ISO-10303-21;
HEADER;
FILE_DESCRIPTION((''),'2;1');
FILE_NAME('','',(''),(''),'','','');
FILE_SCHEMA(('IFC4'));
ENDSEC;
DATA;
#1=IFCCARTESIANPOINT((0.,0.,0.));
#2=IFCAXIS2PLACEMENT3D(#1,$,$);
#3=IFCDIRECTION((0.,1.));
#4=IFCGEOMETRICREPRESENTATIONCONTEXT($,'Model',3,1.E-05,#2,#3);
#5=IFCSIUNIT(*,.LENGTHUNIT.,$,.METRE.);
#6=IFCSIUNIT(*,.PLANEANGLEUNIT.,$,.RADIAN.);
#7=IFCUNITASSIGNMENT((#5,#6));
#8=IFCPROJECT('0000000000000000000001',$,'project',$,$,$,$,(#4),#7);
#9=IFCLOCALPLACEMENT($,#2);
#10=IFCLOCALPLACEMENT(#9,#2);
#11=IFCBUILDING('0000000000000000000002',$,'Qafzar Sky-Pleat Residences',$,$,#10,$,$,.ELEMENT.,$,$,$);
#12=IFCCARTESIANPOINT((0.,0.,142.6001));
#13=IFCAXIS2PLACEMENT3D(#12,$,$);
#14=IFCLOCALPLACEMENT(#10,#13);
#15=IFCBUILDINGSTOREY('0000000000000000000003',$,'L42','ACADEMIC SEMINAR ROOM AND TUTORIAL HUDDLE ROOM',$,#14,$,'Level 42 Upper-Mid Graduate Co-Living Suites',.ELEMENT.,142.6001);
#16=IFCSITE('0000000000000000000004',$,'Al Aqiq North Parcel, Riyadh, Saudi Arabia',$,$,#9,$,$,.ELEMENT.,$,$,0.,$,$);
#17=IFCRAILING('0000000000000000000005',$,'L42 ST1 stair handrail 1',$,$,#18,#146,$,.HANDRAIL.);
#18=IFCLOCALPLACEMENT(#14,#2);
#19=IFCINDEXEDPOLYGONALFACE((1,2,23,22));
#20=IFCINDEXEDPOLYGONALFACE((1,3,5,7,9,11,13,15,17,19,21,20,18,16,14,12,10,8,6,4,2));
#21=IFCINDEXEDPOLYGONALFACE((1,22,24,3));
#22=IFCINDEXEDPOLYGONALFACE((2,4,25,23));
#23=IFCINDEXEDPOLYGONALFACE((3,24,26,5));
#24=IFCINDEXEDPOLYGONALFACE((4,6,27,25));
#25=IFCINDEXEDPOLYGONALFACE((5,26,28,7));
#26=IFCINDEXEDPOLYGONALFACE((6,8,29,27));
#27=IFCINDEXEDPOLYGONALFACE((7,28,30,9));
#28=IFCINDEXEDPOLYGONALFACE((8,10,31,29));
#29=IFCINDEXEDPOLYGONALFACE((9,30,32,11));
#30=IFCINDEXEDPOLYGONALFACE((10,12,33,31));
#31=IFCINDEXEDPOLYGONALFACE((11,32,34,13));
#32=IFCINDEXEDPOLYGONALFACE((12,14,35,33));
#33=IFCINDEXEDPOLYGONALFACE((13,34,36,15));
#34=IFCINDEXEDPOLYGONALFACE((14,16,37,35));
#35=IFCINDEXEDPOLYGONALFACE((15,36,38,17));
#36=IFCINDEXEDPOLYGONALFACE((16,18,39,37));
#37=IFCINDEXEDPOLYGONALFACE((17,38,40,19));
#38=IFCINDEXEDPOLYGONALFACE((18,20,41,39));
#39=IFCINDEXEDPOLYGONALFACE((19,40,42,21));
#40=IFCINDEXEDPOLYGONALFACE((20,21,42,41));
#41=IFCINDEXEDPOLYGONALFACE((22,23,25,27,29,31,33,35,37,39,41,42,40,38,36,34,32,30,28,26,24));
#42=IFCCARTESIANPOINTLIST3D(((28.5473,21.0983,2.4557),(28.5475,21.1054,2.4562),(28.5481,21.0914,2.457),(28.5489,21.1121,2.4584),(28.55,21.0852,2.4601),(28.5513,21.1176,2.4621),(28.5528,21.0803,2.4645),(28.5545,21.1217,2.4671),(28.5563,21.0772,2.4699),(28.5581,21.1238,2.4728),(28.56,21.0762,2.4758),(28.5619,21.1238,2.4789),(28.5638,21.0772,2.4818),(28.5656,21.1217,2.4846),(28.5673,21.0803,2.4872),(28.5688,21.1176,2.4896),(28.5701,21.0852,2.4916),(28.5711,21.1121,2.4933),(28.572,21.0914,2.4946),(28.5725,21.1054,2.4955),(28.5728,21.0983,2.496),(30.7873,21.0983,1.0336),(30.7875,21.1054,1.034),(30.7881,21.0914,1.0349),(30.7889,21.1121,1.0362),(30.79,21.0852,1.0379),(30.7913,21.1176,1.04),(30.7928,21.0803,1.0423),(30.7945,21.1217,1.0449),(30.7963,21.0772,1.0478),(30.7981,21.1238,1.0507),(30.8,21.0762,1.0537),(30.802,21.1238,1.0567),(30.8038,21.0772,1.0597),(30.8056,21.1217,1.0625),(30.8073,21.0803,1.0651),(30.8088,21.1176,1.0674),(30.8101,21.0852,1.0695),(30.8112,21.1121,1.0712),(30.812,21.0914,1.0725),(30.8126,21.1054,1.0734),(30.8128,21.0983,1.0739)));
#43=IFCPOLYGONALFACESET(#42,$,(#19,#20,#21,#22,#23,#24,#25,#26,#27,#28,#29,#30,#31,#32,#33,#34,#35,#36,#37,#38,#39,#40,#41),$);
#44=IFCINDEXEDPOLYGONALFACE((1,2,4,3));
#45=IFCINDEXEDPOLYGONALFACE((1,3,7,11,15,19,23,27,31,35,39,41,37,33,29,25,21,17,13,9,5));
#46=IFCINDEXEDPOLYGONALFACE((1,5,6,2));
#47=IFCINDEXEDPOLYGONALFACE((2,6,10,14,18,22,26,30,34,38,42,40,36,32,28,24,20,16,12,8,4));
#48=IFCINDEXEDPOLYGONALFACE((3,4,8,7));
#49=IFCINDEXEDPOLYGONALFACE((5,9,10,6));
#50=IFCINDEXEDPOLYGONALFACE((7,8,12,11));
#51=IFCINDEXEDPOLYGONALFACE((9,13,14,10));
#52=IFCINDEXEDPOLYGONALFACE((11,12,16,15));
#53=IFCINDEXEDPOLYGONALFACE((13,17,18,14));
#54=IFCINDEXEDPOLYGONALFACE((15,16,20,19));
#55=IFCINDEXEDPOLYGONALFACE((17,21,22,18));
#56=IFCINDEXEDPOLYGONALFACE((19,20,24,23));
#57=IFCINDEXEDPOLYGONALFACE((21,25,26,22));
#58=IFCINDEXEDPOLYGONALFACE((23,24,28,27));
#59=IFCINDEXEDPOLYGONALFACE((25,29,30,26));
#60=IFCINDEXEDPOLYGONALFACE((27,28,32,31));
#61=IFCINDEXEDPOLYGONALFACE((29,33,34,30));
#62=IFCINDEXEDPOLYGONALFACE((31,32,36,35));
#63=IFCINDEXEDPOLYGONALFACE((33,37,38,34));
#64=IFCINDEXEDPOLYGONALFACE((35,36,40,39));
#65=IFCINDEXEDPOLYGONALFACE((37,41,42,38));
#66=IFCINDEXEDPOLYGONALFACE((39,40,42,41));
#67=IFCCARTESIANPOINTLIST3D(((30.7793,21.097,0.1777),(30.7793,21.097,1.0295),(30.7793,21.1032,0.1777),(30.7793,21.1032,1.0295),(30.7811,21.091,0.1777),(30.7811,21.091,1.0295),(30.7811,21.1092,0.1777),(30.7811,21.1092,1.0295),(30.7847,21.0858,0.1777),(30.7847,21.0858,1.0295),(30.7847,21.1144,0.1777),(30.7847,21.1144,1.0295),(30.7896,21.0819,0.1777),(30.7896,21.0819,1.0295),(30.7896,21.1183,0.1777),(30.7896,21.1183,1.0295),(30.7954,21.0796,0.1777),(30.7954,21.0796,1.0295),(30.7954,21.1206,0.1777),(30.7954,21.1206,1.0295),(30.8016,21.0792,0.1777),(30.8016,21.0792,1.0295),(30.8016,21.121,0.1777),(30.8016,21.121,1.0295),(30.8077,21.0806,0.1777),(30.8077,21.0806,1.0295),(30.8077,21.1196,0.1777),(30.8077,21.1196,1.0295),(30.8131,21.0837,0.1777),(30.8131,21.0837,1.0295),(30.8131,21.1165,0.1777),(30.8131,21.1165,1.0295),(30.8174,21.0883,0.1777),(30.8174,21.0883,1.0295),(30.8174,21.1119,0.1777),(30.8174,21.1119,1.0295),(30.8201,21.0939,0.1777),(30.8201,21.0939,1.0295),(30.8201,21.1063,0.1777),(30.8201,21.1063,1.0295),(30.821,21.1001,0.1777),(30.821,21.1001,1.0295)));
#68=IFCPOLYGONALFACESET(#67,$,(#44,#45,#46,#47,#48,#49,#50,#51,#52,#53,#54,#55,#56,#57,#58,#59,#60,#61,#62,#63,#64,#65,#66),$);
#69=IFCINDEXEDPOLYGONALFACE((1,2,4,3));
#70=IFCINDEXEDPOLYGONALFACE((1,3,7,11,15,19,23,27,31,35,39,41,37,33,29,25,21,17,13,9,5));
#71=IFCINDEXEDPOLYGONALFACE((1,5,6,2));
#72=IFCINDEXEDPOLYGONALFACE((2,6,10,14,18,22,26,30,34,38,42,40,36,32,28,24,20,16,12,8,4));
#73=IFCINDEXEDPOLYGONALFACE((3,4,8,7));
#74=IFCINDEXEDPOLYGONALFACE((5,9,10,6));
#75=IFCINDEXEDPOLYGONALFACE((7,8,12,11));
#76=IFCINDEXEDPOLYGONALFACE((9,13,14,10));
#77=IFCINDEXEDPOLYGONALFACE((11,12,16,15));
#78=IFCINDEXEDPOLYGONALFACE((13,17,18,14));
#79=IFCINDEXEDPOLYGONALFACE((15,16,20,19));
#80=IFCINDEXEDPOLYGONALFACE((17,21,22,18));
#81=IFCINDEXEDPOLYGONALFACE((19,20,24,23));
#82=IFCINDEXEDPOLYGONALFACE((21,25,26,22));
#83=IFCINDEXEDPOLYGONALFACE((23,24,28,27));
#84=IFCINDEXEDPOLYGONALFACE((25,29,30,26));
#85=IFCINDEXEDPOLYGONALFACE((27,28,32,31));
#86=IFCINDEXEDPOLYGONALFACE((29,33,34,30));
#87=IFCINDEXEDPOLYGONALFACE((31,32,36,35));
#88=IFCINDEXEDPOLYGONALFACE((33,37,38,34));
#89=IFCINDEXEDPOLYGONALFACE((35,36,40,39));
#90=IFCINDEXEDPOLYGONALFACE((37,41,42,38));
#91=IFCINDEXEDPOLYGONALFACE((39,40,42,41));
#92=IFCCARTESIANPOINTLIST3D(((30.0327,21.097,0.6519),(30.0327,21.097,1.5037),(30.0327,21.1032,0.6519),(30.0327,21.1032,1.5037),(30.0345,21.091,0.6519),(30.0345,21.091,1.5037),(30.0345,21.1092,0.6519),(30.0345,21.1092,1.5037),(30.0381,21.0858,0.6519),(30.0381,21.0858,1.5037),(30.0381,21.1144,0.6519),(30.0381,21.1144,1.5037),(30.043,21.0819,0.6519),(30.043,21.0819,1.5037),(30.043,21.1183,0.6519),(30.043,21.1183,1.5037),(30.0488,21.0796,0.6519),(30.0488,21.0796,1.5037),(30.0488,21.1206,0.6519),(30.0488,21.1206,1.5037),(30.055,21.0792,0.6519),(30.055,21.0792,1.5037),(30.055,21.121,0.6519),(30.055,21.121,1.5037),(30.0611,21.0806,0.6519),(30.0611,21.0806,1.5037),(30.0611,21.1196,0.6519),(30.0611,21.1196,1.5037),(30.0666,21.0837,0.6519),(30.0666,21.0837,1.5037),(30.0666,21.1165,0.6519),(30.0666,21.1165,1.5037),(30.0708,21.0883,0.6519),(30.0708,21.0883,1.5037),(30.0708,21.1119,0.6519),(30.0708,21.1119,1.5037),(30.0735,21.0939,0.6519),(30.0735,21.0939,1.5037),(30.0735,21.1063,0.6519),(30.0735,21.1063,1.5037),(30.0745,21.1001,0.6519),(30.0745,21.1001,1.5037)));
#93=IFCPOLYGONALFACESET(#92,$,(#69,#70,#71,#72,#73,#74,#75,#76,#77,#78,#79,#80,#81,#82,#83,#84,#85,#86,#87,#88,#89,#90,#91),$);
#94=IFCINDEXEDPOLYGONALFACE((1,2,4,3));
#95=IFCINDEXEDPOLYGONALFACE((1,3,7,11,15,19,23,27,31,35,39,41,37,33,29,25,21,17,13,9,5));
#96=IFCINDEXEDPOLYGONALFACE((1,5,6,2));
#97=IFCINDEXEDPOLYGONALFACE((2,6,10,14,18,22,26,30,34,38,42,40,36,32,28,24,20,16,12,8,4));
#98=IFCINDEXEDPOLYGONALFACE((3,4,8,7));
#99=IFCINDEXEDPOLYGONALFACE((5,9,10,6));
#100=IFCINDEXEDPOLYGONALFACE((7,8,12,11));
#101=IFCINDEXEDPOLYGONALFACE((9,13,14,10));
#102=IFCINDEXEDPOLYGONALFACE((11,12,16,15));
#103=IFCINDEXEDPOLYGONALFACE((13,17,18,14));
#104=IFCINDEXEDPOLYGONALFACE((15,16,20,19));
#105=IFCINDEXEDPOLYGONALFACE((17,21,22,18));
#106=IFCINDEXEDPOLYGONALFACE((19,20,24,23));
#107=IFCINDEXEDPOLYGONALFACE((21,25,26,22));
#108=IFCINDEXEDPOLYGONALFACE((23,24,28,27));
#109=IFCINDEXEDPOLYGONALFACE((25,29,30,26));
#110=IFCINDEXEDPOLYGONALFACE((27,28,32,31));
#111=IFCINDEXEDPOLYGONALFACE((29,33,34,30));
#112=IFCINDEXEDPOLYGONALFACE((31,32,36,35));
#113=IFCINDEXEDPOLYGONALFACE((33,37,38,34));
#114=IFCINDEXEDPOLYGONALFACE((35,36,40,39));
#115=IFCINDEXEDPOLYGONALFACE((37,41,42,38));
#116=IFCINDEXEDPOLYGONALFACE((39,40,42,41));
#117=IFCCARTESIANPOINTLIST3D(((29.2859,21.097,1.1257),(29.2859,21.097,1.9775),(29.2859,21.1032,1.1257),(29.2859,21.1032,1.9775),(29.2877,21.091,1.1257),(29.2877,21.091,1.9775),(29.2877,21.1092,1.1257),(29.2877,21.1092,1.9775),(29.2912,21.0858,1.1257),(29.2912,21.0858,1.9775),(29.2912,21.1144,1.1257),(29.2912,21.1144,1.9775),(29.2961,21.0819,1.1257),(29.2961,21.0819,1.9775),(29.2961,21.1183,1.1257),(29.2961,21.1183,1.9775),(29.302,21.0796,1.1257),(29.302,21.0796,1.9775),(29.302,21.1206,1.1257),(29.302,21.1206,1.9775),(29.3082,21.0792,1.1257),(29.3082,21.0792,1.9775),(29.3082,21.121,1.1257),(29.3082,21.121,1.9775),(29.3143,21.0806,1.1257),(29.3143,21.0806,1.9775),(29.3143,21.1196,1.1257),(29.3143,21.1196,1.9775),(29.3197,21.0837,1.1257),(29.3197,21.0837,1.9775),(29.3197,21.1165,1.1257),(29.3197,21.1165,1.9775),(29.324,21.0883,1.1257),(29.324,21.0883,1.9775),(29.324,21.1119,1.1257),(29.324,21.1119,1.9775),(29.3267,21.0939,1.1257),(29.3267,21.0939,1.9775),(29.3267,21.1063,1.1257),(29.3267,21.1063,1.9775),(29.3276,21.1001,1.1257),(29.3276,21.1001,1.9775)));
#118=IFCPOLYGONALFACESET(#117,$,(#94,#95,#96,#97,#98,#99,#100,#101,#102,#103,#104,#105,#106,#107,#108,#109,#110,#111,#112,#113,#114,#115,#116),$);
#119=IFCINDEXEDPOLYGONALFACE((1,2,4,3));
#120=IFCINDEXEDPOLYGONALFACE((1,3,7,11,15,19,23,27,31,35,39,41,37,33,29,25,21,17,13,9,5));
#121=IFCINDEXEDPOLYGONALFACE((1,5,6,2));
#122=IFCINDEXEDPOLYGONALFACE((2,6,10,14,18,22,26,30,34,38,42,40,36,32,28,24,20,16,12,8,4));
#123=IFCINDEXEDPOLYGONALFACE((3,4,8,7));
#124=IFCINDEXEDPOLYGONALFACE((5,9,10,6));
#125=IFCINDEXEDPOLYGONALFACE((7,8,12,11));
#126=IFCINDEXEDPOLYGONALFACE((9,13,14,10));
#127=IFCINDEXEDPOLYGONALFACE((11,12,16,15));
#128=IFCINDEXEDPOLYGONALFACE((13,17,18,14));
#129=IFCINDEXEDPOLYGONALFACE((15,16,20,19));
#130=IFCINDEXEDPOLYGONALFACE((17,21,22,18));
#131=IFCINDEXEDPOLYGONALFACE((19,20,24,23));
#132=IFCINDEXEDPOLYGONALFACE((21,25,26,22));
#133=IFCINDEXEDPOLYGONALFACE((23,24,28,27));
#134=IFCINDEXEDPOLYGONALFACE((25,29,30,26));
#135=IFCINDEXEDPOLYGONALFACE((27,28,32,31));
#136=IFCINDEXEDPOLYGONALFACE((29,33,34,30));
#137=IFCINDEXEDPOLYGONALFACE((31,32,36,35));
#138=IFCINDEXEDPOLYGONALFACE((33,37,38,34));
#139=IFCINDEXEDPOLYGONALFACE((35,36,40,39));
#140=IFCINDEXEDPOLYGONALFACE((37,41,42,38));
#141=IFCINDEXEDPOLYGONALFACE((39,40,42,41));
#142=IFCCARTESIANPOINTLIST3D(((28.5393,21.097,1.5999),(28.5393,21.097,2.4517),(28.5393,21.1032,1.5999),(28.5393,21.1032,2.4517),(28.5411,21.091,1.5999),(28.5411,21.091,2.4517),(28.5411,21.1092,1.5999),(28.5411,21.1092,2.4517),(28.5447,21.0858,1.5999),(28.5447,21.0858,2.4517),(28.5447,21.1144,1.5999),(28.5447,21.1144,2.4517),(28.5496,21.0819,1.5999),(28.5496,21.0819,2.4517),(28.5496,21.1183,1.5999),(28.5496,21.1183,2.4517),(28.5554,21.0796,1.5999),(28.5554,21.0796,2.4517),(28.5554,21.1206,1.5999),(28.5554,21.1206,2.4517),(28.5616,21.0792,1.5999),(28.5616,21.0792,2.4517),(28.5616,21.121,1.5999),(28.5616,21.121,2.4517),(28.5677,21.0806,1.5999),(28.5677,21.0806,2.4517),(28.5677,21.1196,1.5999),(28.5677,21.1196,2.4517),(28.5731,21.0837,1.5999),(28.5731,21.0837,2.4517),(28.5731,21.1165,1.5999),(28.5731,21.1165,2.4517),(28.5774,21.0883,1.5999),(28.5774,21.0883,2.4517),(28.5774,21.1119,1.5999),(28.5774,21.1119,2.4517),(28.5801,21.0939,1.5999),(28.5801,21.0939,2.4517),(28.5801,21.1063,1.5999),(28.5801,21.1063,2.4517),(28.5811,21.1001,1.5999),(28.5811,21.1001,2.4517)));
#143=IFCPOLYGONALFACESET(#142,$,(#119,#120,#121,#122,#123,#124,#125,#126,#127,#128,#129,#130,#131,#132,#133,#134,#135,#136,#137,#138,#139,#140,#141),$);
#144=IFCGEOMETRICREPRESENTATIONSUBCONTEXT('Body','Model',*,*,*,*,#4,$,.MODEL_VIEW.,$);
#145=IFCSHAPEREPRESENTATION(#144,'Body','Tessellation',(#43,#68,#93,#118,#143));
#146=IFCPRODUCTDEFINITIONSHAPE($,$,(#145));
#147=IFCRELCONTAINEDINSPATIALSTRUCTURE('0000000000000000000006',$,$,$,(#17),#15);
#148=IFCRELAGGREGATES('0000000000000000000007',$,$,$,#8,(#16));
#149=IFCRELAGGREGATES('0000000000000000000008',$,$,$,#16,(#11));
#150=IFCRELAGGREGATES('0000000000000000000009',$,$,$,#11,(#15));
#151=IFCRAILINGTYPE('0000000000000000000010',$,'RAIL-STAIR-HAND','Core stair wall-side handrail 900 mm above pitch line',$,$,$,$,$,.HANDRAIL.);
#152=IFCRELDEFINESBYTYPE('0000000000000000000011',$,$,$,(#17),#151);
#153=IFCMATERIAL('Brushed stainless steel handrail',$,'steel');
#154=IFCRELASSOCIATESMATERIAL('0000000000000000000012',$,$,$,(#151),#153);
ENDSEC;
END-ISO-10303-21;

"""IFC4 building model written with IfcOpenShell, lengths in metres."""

from ifc_helpers import new_model, si_unit, direction, frame, origin, origin_2d, place, context, subcontext, project, spatial, circle, extrude, source, transform, mapped, material, type_object, element, save


model = new_model("IFC4")

# Units and contexts
model_context = context("Model", 3, precision=1e-05, world=origin(), true_north=direction((0.0, 1.0)))
body_context = subcontext(model_context, "Body", "Model", "MODEL_VIEW")
ifc_project = project(units=[si_unit("LENGTHUNIT", "METRE"), si_unit("PLANEANGLEUNIT", "RADIAN")], contexts=[model_context])

# Site, building, storey
site_placement = place(None, origin())
site = spatial("IfcSite", under=ifc_project, at=site_placement, Name="Al Aqiq North Parcel, Riyadh, Saudi Arabia", CompositionType="ELEMENT", RefElevation=0.0)
building_placement = place(site_placement, origin())
building = spatial("IfcBuilding", under=site, at=building_placement, Name="Qafzar Sky-Pleat Residences", CompositionType="ELEMENT")
storey_placement = place(building_placement, frame((0.0, 0.0, 142.6001)))
storey = spatial("IfcBuildingStorey", under=building, at=storey_placement, Name="L42", Description="ACADEMIC SEMINAR ROOM AND TUTORIAL HUDDLE ROOM", LongName="Level 42 Upper-Mid Graduate Co-Living Suites", CompositionType="ELEMENT", Elevation=142.6001)

# Railing
ifc_material_1 = material(Name="Brushed stainless steel handrail", Category="steel")
railing_type_1 = type_object("IfcRailingType", Name="RAIL-STAIR-HAND", Description="Core stair wall-side handrail 900 mm above pitch line", PredefinedType="HANDRAIL", material=ifc_material_1)
shared_shape_1 = source(origin(), body_context, "Body", "SweptSolid", [
    extrude(circle(Radius=0.0239, at=origin_2d()), frame((0.0, 0.0, 0.876), z_axis=(-0.844229, 0.0, 0.535982), x_axis=(0.0, -1.0, 0.0)), (0.0, 0.0, 1.0), 2.6533),
    extrude(circle(Radius=0.021, at=origin_2d()), origin(), (0.0, 0.0, 1.0), 0.8518),
    extrude(circle(Radius=0.021, at=origin_2d()), frame((-0.7466, 0.0, 0.4741)), (0.0, 0.0, 1.0), 0.8518),
    extrude(circle(Radius=0.021, at=origin_2d()), frame((-1.4934, 0.0, 0.948)), (0.0, 0.0, 1.0), 0.8518),
    extrude(circle(Radius=0.021, at=origin_2d()), frame((-2.24, 0.0, 1.4221)), (0.0, 0.0, 1.0), 0.8518),
])
railing_1_placement = place(storey_placement, frame((30.8, 21.1001, 0.1777)))
element("IfcRailing", 1, at=railing_1_placement, inside=storey, type_object=railing_type_1, Name="L42 ST1 stair handrail 1", PredefinedType="HANDRAIL", context=body_context, shape_type="MappedRepresentation", body=[
    mapped(shared_shape_1, transform((0.0, 0.0, 0.0), x_axis=(1.0, 0.0, 0.0), y_axis=(0.0, 1.0, 0.0), z_axis=(0.0, 0.0, 1.0), scale=1.0)),
])

save(model, "model.ifc")
